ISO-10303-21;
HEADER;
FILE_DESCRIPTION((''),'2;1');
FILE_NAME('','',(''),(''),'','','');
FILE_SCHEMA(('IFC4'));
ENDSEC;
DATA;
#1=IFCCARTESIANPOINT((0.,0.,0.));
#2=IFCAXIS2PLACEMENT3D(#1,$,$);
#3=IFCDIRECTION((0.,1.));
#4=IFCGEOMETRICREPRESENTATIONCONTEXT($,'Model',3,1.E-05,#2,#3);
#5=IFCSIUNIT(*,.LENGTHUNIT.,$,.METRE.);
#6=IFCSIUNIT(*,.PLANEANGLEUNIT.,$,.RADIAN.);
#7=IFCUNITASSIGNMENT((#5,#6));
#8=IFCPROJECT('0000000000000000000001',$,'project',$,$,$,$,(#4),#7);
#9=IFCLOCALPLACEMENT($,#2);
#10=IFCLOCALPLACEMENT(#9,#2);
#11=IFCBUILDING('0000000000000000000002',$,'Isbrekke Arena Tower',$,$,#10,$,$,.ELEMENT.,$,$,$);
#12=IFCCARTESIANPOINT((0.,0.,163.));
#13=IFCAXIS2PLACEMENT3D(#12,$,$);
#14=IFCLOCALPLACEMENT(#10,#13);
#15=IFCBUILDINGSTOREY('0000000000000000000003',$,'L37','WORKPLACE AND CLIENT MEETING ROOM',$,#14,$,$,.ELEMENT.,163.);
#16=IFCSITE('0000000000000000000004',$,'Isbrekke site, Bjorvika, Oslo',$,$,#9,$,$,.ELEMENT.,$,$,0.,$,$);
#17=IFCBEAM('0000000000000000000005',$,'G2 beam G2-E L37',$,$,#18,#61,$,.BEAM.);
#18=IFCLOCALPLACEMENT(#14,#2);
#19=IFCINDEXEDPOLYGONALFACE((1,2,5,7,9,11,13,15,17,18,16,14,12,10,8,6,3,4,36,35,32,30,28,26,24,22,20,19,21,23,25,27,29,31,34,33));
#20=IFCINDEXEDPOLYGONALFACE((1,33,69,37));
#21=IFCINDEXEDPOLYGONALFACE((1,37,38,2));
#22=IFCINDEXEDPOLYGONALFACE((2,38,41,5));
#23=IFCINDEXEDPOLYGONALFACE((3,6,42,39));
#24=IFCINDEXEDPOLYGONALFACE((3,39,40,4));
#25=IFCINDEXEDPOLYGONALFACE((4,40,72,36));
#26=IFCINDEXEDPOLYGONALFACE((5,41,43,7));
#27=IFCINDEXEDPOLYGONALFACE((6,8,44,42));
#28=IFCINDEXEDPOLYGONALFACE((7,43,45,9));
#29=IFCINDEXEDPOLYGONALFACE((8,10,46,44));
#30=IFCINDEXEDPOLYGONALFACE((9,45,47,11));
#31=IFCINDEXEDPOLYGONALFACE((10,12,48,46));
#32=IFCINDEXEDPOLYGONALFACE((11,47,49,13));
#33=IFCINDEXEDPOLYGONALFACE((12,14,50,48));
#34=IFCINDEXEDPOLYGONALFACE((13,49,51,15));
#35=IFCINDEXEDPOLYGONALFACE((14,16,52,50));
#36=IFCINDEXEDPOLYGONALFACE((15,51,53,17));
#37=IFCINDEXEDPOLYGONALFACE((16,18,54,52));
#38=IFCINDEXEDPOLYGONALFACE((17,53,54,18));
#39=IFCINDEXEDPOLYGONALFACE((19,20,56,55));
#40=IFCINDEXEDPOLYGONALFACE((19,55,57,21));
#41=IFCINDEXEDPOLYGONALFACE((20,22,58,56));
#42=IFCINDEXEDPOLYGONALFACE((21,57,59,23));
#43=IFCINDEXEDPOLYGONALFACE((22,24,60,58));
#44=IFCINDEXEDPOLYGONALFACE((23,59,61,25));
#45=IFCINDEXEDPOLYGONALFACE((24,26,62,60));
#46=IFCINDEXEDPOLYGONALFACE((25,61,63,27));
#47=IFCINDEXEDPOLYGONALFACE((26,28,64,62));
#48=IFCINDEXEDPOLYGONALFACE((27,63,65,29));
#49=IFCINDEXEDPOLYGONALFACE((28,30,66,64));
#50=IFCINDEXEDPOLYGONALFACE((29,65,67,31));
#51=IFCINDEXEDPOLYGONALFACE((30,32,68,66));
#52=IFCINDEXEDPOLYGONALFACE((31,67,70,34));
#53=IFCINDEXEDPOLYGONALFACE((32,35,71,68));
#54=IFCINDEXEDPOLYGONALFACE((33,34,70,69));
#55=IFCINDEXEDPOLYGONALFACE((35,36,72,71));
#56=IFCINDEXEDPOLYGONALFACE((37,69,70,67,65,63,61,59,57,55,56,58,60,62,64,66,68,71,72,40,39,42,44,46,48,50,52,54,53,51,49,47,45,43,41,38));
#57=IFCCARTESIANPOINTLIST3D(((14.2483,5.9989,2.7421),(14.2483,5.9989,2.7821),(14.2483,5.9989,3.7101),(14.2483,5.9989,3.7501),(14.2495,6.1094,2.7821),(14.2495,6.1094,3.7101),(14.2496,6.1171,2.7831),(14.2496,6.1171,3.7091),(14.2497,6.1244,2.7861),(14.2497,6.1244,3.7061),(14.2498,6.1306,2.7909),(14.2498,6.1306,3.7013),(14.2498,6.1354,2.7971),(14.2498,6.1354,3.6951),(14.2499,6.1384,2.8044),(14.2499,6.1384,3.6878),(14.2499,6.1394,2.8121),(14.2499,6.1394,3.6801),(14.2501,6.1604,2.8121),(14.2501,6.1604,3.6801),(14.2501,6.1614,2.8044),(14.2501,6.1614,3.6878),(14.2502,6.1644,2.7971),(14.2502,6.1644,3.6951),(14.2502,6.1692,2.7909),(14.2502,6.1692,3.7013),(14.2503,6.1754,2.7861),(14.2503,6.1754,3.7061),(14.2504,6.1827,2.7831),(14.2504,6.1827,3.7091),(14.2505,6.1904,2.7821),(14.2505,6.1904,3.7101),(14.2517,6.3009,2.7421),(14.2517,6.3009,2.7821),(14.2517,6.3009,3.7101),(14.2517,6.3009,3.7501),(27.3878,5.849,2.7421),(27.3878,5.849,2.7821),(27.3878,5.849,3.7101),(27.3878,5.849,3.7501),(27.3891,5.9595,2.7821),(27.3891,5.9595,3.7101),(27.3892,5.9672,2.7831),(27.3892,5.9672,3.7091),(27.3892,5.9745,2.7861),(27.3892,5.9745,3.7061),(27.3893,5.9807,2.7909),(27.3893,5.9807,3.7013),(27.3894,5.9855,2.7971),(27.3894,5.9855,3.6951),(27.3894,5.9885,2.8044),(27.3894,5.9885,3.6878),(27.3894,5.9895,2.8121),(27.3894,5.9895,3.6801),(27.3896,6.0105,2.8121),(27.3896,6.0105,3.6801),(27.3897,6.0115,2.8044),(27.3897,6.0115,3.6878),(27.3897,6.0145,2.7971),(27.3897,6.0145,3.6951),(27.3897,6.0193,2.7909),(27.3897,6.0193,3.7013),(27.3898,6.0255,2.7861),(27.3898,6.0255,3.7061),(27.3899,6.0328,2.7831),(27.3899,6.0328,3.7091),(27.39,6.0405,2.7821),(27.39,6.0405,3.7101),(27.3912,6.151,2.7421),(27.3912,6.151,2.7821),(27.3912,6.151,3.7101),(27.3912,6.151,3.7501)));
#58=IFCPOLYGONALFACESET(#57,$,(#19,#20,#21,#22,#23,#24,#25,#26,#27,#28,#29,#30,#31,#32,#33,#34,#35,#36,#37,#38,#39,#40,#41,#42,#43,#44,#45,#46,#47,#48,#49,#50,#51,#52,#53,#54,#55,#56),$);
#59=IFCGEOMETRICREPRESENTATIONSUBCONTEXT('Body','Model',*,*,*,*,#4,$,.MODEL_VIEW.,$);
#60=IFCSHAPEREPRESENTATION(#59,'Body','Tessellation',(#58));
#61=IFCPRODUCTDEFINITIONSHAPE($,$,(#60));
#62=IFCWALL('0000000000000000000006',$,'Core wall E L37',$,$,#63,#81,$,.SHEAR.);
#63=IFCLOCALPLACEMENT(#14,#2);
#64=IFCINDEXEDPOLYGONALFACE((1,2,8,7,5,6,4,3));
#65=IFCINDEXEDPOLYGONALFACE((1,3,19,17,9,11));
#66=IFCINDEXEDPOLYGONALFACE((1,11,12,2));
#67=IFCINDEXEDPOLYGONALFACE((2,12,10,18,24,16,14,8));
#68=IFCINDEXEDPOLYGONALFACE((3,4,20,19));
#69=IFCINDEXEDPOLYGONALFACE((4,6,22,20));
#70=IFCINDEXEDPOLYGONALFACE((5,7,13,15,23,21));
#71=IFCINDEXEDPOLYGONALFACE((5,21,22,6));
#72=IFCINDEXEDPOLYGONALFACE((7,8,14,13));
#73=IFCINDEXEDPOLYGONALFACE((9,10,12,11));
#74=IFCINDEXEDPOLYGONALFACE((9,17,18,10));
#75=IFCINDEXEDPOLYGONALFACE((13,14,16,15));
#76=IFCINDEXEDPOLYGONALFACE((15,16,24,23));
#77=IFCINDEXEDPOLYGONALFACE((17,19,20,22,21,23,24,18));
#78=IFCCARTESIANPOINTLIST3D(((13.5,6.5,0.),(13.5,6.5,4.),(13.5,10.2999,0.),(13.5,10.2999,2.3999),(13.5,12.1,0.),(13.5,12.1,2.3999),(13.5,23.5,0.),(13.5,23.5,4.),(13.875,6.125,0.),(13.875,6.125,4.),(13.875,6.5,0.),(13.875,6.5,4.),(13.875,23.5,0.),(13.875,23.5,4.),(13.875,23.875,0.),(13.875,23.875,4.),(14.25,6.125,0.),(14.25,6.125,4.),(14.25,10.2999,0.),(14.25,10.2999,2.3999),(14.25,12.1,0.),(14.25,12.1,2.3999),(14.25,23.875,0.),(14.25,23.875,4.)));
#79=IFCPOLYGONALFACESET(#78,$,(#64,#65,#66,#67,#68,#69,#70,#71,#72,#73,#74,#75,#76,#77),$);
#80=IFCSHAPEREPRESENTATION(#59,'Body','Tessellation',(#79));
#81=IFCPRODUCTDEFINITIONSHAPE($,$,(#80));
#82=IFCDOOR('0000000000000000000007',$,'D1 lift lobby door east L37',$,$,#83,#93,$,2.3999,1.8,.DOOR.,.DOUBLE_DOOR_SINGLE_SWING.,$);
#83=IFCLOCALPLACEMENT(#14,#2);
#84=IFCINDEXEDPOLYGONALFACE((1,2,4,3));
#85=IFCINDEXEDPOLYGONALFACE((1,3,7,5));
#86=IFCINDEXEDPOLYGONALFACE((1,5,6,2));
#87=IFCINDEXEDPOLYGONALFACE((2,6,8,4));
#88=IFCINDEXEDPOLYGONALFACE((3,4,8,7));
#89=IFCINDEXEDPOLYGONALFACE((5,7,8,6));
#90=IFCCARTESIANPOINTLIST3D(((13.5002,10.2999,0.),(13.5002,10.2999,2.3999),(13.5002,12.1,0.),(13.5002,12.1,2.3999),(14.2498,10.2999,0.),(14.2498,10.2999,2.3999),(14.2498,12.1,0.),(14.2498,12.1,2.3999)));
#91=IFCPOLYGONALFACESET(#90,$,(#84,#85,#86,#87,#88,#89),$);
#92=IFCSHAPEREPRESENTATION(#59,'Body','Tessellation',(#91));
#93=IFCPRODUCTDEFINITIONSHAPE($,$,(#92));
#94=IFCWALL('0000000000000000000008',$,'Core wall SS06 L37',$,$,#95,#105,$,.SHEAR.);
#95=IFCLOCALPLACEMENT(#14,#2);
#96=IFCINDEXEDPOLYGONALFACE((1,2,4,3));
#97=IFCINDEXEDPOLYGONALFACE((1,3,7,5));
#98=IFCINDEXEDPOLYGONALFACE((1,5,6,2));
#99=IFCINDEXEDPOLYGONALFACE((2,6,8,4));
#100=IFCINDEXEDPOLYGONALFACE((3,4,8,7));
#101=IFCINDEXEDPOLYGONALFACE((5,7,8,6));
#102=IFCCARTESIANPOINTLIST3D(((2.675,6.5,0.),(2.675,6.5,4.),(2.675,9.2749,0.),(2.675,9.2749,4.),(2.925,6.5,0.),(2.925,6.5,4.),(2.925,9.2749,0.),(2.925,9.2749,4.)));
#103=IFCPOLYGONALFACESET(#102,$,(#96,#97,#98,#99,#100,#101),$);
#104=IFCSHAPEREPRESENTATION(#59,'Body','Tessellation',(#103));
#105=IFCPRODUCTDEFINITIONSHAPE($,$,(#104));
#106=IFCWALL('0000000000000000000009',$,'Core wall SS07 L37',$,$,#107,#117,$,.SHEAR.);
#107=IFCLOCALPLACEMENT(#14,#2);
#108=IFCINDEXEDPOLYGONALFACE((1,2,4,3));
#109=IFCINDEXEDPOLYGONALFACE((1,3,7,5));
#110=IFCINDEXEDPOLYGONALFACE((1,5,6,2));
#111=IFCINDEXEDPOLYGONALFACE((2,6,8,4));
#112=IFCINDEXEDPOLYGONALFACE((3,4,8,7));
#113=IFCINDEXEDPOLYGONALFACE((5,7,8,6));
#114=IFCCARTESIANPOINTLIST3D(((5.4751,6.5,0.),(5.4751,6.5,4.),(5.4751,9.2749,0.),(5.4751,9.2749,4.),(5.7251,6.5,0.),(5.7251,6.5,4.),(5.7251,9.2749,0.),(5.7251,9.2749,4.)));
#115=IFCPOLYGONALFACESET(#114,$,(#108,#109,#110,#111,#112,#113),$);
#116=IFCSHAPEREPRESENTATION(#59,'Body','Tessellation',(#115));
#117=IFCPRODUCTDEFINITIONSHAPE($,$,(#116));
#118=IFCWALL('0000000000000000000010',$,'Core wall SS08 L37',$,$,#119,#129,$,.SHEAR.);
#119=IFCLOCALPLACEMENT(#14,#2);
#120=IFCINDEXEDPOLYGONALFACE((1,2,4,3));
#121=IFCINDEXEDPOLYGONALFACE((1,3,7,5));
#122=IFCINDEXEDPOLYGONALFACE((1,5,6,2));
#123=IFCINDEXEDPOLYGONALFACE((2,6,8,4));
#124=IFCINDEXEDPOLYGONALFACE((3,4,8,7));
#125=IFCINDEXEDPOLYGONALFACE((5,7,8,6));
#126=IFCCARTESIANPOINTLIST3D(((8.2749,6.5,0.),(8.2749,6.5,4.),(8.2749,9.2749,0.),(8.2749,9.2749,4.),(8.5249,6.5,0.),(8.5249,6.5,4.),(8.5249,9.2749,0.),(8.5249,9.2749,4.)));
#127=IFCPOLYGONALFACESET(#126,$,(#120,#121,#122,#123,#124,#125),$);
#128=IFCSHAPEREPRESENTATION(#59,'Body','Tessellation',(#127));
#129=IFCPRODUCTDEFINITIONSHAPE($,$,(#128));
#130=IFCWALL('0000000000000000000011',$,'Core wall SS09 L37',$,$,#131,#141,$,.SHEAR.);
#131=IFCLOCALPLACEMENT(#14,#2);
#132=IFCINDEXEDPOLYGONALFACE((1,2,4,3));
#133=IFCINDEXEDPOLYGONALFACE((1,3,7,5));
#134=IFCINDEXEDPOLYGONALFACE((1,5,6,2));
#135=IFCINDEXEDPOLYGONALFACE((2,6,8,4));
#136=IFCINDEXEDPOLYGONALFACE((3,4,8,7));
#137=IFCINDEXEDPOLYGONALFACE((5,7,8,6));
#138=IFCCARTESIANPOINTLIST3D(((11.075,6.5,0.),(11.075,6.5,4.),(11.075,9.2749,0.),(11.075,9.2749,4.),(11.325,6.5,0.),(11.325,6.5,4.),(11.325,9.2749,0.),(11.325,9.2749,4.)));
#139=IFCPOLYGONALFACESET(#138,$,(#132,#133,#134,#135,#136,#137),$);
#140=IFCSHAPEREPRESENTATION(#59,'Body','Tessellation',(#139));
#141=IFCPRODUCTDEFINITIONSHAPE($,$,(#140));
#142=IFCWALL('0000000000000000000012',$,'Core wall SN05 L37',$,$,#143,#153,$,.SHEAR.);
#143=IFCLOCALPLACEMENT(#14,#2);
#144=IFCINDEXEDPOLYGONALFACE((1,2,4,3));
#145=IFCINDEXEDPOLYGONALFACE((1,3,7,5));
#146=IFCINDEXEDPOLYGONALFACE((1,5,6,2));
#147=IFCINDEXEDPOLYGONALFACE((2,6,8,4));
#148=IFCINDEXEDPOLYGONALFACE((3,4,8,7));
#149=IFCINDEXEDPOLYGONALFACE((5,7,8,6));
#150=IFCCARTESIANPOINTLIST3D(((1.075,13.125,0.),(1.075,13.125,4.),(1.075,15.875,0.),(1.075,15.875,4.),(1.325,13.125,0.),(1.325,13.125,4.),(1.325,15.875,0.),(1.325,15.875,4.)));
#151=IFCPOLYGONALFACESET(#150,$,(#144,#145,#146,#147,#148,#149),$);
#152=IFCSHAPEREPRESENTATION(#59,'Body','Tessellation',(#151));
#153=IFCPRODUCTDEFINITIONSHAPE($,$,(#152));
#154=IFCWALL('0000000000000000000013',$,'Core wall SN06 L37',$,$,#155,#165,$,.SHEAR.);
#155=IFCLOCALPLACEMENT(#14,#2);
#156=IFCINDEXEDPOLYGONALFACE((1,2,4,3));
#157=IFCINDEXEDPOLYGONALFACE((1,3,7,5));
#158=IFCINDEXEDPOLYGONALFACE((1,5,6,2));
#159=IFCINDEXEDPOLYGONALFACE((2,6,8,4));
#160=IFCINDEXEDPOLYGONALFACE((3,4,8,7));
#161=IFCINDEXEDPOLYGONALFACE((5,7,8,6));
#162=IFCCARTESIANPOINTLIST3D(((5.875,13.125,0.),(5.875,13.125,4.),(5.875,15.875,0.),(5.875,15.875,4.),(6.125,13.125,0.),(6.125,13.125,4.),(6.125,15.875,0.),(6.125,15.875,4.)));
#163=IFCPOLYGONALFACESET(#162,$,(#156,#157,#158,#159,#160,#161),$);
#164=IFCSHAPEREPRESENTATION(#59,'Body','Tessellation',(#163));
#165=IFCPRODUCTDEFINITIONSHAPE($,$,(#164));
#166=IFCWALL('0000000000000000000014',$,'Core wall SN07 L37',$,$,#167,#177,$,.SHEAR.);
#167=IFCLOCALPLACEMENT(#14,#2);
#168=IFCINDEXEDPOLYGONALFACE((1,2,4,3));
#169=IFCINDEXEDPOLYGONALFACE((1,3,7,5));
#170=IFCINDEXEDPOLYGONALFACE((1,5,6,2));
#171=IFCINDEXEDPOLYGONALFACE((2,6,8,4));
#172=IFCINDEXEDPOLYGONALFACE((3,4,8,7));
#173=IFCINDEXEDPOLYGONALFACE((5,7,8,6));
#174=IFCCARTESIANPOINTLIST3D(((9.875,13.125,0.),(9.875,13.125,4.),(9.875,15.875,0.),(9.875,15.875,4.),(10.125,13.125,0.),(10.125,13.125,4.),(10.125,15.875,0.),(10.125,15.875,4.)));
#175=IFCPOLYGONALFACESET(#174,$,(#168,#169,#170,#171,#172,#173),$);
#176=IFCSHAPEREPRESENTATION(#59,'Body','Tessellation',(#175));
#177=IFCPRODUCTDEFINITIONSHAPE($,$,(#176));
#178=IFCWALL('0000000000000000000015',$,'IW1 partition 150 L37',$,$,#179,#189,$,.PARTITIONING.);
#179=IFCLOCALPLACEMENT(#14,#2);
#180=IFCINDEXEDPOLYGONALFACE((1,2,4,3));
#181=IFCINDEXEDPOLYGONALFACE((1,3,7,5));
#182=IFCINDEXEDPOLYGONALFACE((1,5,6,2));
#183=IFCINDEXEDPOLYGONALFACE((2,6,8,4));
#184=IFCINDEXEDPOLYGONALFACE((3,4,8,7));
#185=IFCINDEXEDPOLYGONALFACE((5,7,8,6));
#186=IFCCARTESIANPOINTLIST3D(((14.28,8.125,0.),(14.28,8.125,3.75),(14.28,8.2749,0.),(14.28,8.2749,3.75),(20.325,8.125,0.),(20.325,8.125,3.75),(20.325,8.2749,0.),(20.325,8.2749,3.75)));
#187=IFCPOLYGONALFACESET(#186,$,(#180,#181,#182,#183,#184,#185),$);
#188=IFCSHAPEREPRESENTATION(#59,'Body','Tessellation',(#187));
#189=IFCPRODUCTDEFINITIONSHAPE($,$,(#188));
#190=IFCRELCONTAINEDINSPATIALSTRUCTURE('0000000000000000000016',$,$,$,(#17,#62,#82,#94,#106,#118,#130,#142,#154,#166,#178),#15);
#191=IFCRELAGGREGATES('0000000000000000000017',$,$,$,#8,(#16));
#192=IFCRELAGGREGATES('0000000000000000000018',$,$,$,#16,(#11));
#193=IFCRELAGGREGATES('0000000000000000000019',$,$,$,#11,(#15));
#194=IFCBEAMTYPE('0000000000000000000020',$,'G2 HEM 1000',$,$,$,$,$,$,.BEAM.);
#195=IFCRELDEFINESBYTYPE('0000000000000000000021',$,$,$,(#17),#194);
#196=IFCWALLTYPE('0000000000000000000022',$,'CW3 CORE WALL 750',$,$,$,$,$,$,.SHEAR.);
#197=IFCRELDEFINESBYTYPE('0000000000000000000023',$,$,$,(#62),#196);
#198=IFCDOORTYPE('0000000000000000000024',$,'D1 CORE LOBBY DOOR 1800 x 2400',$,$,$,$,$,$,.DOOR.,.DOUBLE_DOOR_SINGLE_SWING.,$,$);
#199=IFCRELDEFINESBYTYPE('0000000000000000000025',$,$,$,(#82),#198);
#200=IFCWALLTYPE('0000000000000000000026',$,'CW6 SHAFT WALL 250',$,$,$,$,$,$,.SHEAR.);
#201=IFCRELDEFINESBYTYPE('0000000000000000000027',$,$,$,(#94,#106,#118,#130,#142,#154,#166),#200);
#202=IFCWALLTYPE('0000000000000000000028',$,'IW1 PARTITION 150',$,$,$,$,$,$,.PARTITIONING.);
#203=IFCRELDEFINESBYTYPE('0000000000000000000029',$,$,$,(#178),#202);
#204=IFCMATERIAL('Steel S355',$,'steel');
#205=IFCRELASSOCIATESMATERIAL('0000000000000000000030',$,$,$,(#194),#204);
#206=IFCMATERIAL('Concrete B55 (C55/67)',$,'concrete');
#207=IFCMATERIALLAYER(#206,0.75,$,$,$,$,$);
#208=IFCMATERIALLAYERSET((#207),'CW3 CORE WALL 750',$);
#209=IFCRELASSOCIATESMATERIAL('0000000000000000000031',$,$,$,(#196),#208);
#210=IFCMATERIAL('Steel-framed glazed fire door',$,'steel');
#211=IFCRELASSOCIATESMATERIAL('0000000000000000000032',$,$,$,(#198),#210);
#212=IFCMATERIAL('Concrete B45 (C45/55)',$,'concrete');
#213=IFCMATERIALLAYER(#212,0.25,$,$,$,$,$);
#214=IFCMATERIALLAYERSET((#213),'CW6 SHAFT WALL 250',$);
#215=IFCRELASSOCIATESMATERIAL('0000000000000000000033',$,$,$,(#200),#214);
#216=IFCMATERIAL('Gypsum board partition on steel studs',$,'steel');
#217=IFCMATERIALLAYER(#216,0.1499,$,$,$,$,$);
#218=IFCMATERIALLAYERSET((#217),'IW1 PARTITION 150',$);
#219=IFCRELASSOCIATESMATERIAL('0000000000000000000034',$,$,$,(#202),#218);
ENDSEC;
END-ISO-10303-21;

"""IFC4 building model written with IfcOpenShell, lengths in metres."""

from ifc_helpers import new_model, si_unit, direction, frame, frame_2d, origin, origin_2d, place, context, subcontext, project, spatial, polyline, rectangle, i_section, outline, extrude, material, layer, layer_set, material_profile, profile_set, type_object, element, fill, save


model = new_model("IFC4")

# Units and contexts
model_context = context("Model", 3, precision=1e-05, world=origin(), true_north=direction((0.0, 1.0)))
body_context = subcontext(model_context, "Body", "Model", "MODEL_VIEW")
ifc_project = project(units=[si_unit("LENGTHUNIT", "METRE"), si_unit("PLANEANGLEUNIT", "RADIAN")], contexts=[model_context])

# Site, building, storey
site_placement = place(None, origin())
site = spatial("IfcSite", under=ifc_project, at=site_placement, Name="Isbrekke site, Bjorvika, Oslo", CompositionType="ELEMENT", RefElevation=0.0)
building_placement = place(site_placement, origin())
building = spatial("IfcBuilding", under=site, at=building_placement, Name="Isbrekke Arena Tower", CompositionType="ELEMENT")
storey_placement = place(building_placement, frame((0.0, 0.0, 163.0)))
storey = spatial("IfcBuildingStorey", under=building, at=storey_placement, Name="L37", Description="WORKPLACE AND CLIENT MEETING ROOM", CompositionType="ELEMENT", Elevation=163.0)

# Beam
ifc_material_1 = material(Name="Steel S355", Category="steel")
ifc_material_profile = material_profile(ifc_material_1, i_section(OverallWidth=0.302, OverallDepth=1.0081, WebThickness=0.021, FlangeThickness=0.04, FilletRadius=0.03, at=origin_2d()), Name="HEM 1000")
ifc_profile_set = profile_set([ifc_material_profile], Name="Steel S355")
beam_type = type_object("IfcBeamType", Name="G2 HEM 1000", PredefinedType="BEAM", material=ifc_profile_set)
beam_placement = place(storey_placement, frame((14.25, 6.1499, 3.2461), z_axis=(0.999935, -0.011408, 0.0), x_axis=(0.011408, 0.999935, 0.0)))
element("IfcBeam", 1, at=beam_placement, inside=storey, type_object=beam_type, Name="G2 beam G2-E L37", PredefinedType="BEAM", context=body_context, shape_type="SweptSolid", body=[
    extrude(i_section(OverallWidth=0.302, OverallDepth=1.0081, WebThickness=0.021, FlangeThickness=0.04, FilletRadius=0.03, at=origin_2d()), origin(), (0.0, 0.0, 1.0), 13.1404),
])

# Wall, opening, door
ifc_material_2 = material(Name="Concrete B55 (C55/67)", Category="concrete")
ifc_layer_1 = layer(ifc_material_2, 0.75)
ifc_layer_set_1 = layer_set([ifc_layer_1], Name="CW3 CORE WALL 750")
wall_type_1 = type_object("IfcWallType", Name="CW3 CORE WALL 750", PredefinedType="SHEAR", material=ifc_layer_set_1)
wall_1_placement = place(storey_placement, frame((13.875, 6.125, 0.0), z_axis=(0.0, 0.0, 1.0), x_axis=(0.0, 1.0, 0.0)))
wall_1 = element("IfcWall", 2, at=wall_1_placement, inside=storey, type_object=wall_type_1, Name="Core wall E L37", PredefinedType="SHEAR", context=body_context, shape_type="SweptSolid", body=[
    extrude(outline(polyline([(0.0, -0.375), (17.75, -0.375), (17.75, 0.0), (17.375, 0.0), (17.375, 0.375), (0.375, 0.375), (0.375, 0.0), (0.0, 0.0), (0.0, -0.375)])), origin(), (0.0, 0.0, 1.0), 4.0),
])
opening_1_placement = place(wall_1_placement, frame((4.175, 0.0, 0.0)))
opening_1 = element("IfcOpeningElement", 3, at=opening_1_placement, cuts=wall_1, PredefinedType="OPENING", context=body_context, shape_type="SweptSolid", body=[
    extrude(rectangle(XDim=1.8, YDim=2.3999, at=frame_2d((0.8999, 1.2))), frame((0.0, 0.3899, 0.0), z_axis=(0.0, -1.0, 0.0), x_axis=(1.0, 0.0, 0.0)), (0.0, 0.0, 1.0), 0.7798),
])
ifc_material_3 = material(Name="Steel-framed glazed fire door", Category="steel")
door_type_1 = type_object("IfcDoorType", Name="D1 CORE LOBBY DOOR 1800 x 2400", OperationType="DOUBLE_DOOR_SINGLE_SWING", PredefinedType="DOOR", material=ifc_material_3)
door_1_placement = place(opening_1_placement, origin())
door_1 = element("IfcDoor", 4, at=door_1_placement, inside=storey, type_object=door_type_1, Name="D1 lift lobby door east L37", OperationType="DOUBLE_DOOR_SINGLE_SWING", OverallHeight=2.3999, OverallWidth=1.8, PredefinedType="DOOR", context=body_context, shape_type="SweptSolid", body=[
    extrude(rectangle(XDim=1.8, YDim=2.3999, at=frame_2d((0.8999, 1.2))), frame((0.0, 0.3748, 0.0), z_axis=(0.0, -1.0, 0.0), x_axis=(1.0, 0.0, 0.0)), (0.0, 0.0, 1.0), 0.7495),
])
fill(opening_1, door_1)

# Walls
ifc_material_4 = material(Name="Concrete B45 (C45/55)", Category="concrete")
ifc_layer_2 = layer(ifc_material_4, 0.25)
ifc_layer_set_2 = layer_set([ifc_layer_2], Name="CW6 SHAFT WALL 250")
wall_type_2 = type_object("IfcWallType", Name="CW6 SHAFT WALL 250", PredefinedType="SHEAR", material=ifc_layer_set_2)
for number, where, z_axis, x_axis, name in (
    (5, (2.8, 6.5, 0.0), (0.0, 0.0, 1.0), (0.0, 1.0, 0.0), "Core wall SS06 L37"),
    (6, (5.6001, 6.5, 0.0), (0.0, 0.0, 1.0), (0.0, 1.0, 0.0), "Core wall SS07 L37"),
    (7, (8.3999, 6.5, 0.0), (0.0, 0.0, 1.0), (0.0, 1.0, 0.0), "Core wall SS08 L37"),
    (8, (11.2, 6.5, 0.0), (0.0, 0.0, 1.0), (0.0, 1.0, 0.0), "Core wall SS09 L37"),
):
    element("IfcWall", number, at=place(storey_placement, frame(where, z_axis=z_axis, x_axis=x_axis)), inside=storey, type_object=wall_type_2, Name=name, PredefinedType="SHEAR", context=body_context, shape_type="SweptSolid", body=[
        extrude(rectangle(XDim=2.7749, YDim=0.25, at=frame_2d((1.3875, 0.0))), origin(), (0.0, 0.0, 1.0), 4.0),
    ])
for number, where, z_axis, x_axis, name in (
    (9, (1.2, 13.125, 0.0), (0.0, 0.0, 1.0), (0.0, 1.0, 0.0), "Core wall SN05 L37"),
    (10, (6.0, 13.125, 0.0), (0.0, 0.0, 1.0), (0.0, 1.0, 0.0), "Core wall SN06 L37"),
    (11, (10.0, 13.125, 0.0), (0.0, 0.0, 1.0), (0.0, 1.0, 0.0), "Core wall SN07 L37"),
):
    element("IfcWall", number, at=place(storey_placement, frame(where, z_axis=z_axis, x_axis=x_axis)), inside=storey, type_object=wall_type_2, Name=name, PredefinedType="SHEAR", context=body_context, shape_type="SweptSolid", body=[
        extrude(rectangle(XDim=2.75, YDim=0.25, at=frame_2d((1.375, 0.0))), origin(), (0.0, 0.0, 1.0), 4.0),
    ])
ifc_material_5 = material(Name="Gypsum board partition on steel studs", Category="steel")
ifc_layer_3 = layer(ifc_material_5, 0.1499)
ifc_layer_set_3 = layer_set([ifc_layer_3], Name="IW1 PARTITION 150")
wall_type_3 = type_object("IfcWallType", Name="IW1 PARTITION 150", PredefinedType="PARTITIONING", material=ifc_layer_set_3)
wall_2_placement = place(storey_placement, frame((14.28, 8.2, 0.0), z_axis=(0.0, 0.0, 1.0), x_axis=(1.0, 0.0, 0.0)))
element("IfcWall", 12, at=wall_2_placement, inside=storey, type_object=wall_type_3, Name="IW1 partition 150 L37", PredefinedType="PARTITIONING", context=body_context, shape_type="SweptSolid", body=[
    extrude(rectangle(XDim=6.0449, YDim=0.1499, at=frame_2d((3.0225, 0.0))), origin(), (0.0, 0.0, 1.0), 3.75),
])

save(model, "model.ifc")
